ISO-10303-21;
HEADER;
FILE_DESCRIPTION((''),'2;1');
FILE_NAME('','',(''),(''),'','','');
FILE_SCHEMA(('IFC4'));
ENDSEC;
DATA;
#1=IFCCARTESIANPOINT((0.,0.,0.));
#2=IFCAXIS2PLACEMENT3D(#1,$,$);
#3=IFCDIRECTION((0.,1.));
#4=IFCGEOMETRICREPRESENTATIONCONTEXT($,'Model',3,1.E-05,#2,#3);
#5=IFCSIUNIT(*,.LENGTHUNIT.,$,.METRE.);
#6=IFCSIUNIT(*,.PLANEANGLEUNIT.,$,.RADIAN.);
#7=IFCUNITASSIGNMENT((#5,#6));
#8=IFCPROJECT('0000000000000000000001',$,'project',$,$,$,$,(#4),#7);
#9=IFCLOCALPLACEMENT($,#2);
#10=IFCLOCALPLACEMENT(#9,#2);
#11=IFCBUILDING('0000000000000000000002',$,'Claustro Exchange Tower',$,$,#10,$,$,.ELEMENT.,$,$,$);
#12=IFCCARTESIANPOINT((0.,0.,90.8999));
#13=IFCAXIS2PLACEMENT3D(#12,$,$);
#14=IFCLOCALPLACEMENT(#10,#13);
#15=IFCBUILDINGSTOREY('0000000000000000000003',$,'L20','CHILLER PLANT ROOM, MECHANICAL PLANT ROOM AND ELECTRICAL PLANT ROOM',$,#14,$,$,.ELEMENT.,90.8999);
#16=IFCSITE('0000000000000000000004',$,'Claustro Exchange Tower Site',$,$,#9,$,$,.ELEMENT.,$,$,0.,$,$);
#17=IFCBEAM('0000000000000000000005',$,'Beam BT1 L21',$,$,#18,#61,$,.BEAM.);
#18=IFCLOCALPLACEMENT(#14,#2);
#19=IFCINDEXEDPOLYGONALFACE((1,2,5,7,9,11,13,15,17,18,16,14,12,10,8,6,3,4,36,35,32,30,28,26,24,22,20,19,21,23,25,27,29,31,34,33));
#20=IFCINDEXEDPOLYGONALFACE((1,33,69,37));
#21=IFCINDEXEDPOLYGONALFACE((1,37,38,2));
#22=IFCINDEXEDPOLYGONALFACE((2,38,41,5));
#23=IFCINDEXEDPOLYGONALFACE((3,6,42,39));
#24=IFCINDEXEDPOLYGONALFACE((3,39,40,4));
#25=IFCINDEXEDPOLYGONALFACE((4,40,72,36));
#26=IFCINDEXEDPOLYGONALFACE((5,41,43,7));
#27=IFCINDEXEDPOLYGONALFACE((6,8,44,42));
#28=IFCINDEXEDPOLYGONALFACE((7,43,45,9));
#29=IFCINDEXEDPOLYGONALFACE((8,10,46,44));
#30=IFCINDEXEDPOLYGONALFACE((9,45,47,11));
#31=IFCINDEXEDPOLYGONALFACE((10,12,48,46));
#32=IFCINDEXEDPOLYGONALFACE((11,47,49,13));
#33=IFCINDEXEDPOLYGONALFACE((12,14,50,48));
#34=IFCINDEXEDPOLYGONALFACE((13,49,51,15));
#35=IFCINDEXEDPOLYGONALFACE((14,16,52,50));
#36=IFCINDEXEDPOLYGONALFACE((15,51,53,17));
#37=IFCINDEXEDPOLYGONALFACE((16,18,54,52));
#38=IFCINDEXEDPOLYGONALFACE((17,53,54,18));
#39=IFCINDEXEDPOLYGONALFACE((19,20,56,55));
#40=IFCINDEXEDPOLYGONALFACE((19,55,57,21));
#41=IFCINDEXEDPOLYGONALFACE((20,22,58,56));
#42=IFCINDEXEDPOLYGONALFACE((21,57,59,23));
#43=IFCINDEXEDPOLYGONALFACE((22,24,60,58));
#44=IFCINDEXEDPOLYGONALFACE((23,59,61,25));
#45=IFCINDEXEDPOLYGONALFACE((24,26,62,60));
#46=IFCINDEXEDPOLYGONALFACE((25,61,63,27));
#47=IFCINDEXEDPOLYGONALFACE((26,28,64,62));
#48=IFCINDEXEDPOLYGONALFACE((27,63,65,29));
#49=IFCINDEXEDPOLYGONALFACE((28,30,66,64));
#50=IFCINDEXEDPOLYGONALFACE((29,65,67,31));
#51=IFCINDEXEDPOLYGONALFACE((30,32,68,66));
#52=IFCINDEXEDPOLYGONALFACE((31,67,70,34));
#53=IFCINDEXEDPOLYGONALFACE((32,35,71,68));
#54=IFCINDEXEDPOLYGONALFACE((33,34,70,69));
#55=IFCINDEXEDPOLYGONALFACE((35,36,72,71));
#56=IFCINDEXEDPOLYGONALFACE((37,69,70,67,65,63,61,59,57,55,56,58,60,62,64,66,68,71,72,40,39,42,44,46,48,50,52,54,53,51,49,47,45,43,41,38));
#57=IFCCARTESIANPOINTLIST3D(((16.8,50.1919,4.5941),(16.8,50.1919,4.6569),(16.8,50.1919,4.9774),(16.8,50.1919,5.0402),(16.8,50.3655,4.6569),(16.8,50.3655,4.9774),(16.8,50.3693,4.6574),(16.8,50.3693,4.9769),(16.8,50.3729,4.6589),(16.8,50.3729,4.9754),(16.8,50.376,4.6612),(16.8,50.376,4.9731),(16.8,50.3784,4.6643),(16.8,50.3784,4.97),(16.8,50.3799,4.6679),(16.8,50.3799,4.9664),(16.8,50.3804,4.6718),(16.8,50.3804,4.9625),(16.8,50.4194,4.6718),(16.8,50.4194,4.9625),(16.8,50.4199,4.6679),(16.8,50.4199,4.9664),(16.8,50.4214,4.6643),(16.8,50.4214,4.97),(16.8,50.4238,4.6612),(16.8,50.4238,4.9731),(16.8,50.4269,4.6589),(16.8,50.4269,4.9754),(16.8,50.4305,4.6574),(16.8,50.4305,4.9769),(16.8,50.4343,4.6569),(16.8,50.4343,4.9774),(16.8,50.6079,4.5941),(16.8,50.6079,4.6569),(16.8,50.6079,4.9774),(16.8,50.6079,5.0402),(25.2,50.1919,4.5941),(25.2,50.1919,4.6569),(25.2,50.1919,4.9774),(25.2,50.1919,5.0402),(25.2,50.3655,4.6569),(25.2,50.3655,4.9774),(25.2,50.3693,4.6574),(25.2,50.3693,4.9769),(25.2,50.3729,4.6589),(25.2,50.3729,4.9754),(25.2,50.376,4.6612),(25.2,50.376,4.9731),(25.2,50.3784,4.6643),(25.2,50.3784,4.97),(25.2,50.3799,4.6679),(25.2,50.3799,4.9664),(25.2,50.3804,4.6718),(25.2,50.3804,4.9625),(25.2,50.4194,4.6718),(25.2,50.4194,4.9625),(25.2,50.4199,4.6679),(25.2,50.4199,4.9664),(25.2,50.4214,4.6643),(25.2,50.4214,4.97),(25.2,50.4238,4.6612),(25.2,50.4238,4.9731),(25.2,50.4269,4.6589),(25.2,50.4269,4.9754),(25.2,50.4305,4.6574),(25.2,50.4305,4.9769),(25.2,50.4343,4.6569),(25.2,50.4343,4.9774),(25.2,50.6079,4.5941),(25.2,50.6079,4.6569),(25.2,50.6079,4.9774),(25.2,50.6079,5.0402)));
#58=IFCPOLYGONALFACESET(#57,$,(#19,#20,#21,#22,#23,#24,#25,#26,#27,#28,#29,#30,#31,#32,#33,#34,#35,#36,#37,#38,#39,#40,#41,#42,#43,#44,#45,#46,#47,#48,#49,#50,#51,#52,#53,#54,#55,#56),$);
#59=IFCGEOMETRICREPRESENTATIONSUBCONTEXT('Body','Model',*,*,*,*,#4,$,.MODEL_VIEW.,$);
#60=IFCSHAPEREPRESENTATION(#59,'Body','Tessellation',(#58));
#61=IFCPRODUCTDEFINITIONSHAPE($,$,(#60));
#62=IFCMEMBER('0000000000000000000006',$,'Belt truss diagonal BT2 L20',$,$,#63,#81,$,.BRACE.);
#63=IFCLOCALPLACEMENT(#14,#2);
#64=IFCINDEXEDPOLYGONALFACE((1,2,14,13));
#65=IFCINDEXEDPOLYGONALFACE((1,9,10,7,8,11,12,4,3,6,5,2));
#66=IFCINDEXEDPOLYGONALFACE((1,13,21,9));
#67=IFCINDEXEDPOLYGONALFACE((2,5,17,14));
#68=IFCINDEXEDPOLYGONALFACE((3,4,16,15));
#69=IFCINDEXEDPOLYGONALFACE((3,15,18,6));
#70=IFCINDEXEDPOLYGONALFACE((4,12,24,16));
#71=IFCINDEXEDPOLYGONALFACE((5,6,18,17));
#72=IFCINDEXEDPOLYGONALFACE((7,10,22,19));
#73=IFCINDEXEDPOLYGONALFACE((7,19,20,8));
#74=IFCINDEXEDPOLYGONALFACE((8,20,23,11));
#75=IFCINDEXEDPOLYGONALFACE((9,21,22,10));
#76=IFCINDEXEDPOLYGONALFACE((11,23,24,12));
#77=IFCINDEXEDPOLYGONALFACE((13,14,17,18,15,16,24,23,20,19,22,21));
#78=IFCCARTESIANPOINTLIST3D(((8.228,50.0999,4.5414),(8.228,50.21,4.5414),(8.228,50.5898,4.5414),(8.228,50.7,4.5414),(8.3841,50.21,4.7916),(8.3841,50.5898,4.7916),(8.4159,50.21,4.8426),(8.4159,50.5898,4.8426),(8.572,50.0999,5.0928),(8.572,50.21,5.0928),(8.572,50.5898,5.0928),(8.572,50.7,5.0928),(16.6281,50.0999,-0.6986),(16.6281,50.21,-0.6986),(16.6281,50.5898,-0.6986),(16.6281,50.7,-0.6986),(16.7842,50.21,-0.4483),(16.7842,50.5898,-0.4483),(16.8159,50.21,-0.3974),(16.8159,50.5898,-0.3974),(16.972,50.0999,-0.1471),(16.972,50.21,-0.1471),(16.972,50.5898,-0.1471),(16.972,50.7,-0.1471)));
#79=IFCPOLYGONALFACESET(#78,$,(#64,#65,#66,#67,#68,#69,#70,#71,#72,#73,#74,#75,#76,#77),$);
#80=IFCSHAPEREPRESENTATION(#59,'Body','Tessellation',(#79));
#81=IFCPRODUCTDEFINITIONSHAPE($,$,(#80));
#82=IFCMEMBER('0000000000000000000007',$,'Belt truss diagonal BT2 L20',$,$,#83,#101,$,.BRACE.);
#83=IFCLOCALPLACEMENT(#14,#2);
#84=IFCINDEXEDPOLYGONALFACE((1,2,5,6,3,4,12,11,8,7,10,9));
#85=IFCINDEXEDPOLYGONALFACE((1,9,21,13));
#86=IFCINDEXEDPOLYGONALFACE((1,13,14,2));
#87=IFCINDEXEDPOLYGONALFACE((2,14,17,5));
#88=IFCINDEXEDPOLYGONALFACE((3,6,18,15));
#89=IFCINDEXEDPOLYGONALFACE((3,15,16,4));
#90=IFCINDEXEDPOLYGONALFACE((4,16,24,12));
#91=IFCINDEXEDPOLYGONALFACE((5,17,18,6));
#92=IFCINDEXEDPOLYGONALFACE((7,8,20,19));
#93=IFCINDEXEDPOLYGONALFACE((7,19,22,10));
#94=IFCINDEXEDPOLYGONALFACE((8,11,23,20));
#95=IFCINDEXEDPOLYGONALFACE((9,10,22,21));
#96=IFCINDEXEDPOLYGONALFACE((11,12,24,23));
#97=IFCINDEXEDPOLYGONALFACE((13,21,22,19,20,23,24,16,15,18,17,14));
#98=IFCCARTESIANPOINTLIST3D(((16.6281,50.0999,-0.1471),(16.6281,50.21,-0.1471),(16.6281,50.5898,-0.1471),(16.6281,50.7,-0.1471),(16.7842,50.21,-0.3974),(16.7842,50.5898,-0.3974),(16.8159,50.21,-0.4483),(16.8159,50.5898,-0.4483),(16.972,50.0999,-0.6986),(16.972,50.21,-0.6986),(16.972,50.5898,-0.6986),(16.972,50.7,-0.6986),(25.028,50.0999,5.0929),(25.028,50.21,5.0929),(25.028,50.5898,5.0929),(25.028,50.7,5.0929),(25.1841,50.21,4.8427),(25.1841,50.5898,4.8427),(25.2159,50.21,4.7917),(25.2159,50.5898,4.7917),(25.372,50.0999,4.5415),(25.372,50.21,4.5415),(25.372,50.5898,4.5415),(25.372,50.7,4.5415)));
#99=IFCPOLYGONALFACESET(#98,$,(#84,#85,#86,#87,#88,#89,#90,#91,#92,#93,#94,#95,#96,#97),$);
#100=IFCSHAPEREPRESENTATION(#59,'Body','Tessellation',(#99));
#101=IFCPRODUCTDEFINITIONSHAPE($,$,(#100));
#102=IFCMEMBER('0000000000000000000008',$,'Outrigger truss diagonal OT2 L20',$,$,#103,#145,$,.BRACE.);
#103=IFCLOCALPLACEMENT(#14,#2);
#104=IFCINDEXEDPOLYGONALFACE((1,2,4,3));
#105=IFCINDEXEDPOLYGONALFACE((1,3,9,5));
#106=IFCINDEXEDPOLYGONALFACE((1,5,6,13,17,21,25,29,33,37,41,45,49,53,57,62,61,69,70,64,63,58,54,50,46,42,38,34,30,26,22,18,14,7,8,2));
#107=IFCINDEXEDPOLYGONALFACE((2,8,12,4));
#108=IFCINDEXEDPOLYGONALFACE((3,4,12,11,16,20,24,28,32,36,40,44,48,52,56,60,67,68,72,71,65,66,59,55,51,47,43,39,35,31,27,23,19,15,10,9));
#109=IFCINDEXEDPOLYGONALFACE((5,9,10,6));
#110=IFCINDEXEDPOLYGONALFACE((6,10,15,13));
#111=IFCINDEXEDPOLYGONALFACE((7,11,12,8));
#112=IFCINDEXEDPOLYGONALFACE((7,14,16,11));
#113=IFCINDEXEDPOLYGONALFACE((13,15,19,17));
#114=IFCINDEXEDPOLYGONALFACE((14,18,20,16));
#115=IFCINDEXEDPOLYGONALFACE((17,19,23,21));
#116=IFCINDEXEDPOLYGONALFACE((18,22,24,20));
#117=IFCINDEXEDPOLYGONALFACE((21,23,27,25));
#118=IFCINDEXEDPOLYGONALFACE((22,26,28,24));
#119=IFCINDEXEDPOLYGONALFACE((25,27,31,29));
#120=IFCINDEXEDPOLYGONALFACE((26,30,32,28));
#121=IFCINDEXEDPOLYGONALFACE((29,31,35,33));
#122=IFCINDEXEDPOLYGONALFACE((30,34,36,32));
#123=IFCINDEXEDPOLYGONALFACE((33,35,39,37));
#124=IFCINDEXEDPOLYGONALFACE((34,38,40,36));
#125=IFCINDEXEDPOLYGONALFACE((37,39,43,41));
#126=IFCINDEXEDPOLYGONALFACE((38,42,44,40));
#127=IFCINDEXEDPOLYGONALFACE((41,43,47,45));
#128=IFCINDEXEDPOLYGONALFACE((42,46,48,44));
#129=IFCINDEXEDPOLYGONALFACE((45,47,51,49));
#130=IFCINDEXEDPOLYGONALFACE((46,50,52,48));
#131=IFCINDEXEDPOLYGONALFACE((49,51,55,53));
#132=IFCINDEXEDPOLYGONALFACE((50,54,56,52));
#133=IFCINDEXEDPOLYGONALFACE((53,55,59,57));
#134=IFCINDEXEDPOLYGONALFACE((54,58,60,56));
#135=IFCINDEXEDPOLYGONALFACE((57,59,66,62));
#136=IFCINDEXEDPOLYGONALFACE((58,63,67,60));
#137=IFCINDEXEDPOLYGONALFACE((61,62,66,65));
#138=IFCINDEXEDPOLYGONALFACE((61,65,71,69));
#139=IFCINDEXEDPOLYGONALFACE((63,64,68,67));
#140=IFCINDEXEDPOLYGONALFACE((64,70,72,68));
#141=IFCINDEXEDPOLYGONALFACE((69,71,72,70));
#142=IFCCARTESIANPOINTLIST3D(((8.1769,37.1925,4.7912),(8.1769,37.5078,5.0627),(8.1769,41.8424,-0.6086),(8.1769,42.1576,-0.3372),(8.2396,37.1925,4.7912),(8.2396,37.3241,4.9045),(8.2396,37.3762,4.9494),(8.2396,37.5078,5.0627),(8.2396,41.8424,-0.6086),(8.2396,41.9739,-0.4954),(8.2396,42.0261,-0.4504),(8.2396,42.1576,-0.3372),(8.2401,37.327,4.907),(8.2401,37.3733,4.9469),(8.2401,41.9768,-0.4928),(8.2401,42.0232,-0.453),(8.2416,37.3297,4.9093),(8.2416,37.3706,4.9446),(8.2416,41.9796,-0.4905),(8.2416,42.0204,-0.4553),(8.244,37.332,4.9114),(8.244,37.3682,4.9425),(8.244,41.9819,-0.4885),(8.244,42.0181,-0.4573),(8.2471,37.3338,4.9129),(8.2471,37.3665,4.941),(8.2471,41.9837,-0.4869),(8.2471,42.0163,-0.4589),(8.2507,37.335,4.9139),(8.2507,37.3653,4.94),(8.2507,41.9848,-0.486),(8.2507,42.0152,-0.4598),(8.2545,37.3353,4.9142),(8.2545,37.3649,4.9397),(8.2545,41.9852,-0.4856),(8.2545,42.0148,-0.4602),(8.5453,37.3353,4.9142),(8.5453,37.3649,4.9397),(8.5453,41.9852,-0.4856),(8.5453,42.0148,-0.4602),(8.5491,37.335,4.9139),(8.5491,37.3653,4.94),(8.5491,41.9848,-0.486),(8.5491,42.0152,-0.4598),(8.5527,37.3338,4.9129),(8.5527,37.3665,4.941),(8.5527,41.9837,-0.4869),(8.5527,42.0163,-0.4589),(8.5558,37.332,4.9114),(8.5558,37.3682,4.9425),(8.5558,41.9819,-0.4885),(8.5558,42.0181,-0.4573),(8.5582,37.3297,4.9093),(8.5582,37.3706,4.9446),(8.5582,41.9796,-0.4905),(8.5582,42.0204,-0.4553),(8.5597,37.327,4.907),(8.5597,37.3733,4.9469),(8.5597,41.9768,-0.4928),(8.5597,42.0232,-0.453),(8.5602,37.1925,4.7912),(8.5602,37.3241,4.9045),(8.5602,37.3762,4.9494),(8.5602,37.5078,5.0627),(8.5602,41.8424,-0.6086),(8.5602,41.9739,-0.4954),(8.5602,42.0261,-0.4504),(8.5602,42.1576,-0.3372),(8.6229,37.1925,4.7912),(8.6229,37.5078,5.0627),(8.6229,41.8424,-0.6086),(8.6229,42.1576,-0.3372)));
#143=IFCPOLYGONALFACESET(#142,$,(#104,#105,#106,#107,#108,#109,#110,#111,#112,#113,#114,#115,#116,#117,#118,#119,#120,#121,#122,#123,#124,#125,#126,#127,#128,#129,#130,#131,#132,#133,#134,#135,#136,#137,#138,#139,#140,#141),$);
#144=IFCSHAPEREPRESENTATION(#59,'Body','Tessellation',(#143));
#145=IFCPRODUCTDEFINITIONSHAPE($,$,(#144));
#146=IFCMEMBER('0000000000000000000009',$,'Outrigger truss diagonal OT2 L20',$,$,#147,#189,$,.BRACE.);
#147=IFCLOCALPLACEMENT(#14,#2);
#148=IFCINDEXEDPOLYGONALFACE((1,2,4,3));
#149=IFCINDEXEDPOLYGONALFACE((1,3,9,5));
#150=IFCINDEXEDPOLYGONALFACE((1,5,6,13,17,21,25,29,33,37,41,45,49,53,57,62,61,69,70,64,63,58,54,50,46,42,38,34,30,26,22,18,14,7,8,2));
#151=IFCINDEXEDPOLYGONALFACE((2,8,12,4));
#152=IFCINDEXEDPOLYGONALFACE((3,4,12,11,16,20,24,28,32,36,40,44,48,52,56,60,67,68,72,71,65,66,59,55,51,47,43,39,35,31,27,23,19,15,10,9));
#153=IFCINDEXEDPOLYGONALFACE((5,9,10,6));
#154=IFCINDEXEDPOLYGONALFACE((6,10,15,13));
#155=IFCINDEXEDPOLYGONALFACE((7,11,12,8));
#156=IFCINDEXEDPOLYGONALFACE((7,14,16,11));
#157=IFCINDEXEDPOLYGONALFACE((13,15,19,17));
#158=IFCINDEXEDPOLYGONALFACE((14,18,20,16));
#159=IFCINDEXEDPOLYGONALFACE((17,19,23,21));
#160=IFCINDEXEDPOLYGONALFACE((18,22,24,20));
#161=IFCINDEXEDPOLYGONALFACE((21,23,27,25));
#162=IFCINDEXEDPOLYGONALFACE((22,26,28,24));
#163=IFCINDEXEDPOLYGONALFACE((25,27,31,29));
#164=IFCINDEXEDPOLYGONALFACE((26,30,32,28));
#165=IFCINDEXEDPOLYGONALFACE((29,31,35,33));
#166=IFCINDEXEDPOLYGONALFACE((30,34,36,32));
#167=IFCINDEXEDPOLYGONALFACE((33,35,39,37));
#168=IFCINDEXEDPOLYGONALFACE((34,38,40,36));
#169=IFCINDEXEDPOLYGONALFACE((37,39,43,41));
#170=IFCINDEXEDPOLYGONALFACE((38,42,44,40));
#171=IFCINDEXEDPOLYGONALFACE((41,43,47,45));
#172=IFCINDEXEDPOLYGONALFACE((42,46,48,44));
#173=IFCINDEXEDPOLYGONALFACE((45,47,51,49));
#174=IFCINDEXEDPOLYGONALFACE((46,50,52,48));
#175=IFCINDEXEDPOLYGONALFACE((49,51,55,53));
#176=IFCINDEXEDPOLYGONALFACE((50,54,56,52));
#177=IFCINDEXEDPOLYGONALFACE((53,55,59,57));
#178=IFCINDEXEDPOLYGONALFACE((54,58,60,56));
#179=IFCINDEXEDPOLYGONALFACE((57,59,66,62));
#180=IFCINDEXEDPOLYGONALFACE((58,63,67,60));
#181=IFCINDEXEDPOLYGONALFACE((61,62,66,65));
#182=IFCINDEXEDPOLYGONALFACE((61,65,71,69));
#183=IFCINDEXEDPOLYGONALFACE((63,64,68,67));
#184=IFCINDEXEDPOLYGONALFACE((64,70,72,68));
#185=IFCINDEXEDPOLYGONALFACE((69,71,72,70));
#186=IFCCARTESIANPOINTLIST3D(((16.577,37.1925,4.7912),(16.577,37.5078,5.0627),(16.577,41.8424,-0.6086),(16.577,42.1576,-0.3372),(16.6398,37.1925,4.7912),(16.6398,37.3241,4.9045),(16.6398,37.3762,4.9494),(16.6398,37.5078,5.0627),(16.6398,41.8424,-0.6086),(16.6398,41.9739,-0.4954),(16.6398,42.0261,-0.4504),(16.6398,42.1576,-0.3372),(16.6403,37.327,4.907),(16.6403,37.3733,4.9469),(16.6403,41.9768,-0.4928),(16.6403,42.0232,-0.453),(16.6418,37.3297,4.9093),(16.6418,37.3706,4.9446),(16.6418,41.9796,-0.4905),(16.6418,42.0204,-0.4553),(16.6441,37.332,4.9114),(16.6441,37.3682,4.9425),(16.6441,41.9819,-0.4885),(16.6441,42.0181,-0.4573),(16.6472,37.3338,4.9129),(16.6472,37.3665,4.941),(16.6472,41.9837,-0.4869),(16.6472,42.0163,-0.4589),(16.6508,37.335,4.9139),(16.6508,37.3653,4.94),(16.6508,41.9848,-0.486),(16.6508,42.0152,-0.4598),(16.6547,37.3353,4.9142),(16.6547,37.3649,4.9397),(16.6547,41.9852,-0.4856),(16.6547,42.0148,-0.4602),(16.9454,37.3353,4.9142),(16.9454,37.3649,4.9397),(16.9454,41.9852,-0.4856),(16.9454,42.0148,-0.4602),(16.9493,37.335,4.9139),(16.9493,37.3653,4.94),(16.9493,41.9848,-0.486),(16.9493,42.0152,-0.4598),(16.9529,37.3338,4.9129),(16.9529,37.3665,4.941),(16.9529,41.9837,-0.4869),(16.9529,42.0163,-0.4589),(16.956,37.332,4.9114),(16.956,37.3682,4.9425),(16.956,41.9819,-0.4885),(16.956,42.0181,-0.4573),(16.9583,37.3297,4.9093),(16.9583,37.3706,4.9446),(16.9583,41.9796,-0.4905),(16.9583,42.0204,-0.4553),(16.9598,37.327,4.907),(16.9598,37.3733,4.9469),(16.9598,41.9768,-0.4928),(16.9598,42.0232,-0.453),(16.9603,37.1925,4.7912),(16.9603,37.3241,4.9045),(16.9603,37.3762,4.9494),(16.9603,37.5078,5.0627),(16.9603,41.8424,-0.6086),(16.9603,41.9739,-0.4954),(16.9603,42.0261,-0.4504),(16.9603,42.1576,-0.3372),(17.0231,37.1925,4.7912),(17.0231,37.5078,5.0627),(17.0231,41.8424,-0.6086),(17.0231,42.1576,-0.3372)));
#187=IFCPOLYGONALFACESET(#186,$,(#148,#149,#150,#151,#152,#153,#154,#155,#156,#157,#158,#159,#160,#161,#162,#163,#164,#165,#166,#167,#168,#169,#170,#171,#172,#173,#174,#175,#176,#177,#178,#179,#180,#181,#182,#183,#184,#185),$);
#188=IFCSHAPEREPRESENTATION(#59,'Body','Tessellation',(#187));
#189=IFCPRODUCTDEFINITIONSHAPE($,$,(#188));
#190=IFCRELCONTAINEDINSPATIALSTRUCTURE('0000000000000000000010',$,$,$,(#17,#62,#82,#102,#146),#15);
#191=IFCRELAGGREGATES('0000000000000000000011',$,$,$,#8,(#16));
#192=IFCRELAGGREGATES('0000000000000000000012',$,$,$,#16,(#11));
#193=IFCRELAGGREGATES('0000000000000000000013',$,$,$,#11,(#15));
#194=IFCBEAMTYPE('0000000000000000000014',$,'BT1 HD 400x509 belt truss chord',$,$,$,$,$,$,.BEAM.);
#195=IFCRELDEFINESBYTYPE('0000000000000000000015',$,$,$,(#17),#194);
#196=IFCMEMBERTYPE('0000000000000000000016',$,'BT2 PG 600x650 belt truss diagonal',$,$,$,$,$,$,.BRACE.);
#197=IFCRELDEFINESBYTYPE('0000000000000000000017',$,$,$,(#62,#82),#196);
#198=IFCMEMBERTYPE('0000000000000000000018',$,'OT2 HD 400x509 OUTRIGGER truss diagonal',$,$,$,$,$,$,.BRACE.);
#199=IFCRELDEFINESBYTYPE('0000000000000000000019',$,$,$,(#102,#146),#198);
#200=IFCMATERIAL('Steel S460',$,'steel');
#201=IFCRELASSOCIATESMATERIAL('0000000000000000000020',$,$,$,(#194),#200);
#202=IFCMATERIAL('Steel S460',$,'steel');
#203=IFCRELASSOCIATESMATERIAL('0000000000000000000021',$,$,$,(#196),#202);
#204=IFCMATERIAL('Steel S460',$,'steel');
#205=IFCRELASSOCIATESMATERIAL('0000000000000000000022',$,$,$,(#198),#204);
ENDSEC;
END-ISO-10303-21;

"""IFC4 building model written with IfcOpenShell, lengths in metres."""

from ifc_helpers import new_model, si_unit, direction, frame, origin, origin_2d, place, context, subcontext, project, spatial, i_section, extrude, material, material_profile, profile_set, type_object, element, save


model = new_model("IFC4")

# Units and contexts
model_context = context("Model", 3, precision=1e-05, world=origin(), true_north=direction((0.0, 1.0)))
body_context = subcontext(model_context, "Body", "Model", "MODEL_VIEW")
ifc_project = project(units=[si_unit("LENGTHUNIT", "METRE"), si_unit("PLANEANGLEUNIT", "RADIAN")], contexts=[model_context])

# Site, building, storey
site_placement = place(None, origin())
site = spatial("IfcSite", under=ifc_project, at=site_placement, Name="Claustro Exchange Tower Site", CompositionType="ELEMENT", RefElevation=0.0)
building_placement = place(site_placement, origin())
building = spatial("IfcBuilding", under=site, at=building_placement, Name="Claustro Exchange Tower", CompositionType="ELEMENT")
storey_placement = place(building_placement, frame((0.0, 0.0, 90.8999)))
storey = spatial("IfcBuildingStorey", under=building, at=storey_placement, Name="L20", Description="CHILLER PLANT ROOM, MECHANICAL PLANT ROOM AND ELECTRICAL PLANT ROOM", CompositionType="ELEMENT", Elevation=90.8999)

# Beam
ifc_material_1 = material(Name="Steel S460", Category="steel")
ifc_material_profile_1 = material_profile(ifc_material_1, i_section(OverallWidth=0.416, OverallDepth=0.446, WebThickness=0.0391, FlangeThickness=0.0627, FilletRadius=0.0149, at=origin_2d()), Name="HD 400x509")
ifc_profile_set_1 = profile_set([ifc_material_profile_1], Name="Steel S460")
beam_type_1 = type_object("IfcBeamType", Name="BT1 HD 400x509 belt truss chord", PredefinedType="BEAM", material=ifc_profile_set_1)
beam_1_placement = place(storey_placement, frame((16.8, 50.3999, 4.8171), z_axis=(1.0, 0.0, 0.0), x_axis=(0.0, 1.0, 0.0)))
element("IfcBeam", 1, at=beam_1_placement, inside=storey, type_object=beam_type_1, Name="Beam BT1 L21", PredefinedType="BEAM", context=body_context, shape_type="SweptSolid", body=[
    extrude(i_section(OverallWidth=0.416, OverallDepth=0.446, WebThickness=0.0391, FlangeThickness=0.0627, FilletRadius=0.0149, at=origin_2d()), origin(), (0.0, 0.0, 1.0), 8.3999),
])

# Members
ifc_material_2 = material(Name="Steel S460", Category="steel")
ifc_material_profile_2 = material_profile(ifc_material_2, i_section(OverallWidth=0.6499, OverallDepth=0.6001, WebThickness=0.0601, FlangeThickness=0.1101, at=origin_2d()), Name="PG 600x650")
ifc_profile_set_2 = profile_set([ifc_material_profile_2], Name="Steel S460")
member_type_1 = type_object("IfcMemberType", Name="BT2 PG 600x650 belt truss diagonal", PredefinedType="BRACE", material=ifc_profile_set_2)
for number, where, z_axis, x_axis, name in (
    (2, (16.8, 50.3999, -0.4229), (-0.848457, 0.0, 0.529265), (0.529265, 0.0, 0.848457), "Belt truss diagonal BT2 L20"),
    (3, (16.8, 50.3999, -0.4229), (0.84845, 0.0, 0.529276), (-0.529276, 0.0, 0.84845), "Belt truss diagonal BT2 L20"),
):
    element("IfcMember", number, at=place(storey_placement, frame(where, z_axis=z_axis, x_axis=x_axis)), inside=storey, type_object=member_type_1, Name=name, PredefinedType="BRACE", context=body_context, shape_type="SweptSolid", body=[
        extrude(i_section(OverallWidth=0.6499, OverallDepth=0.6001, WebThickness=0.0601, FlangeThickness=0.1101, at=origin_2d()), origin(), (0.0, 0.0, 1.0), 9.9004),
    ])
ifc_material_3 = material(Name="Steel S460", Category="steel")
ifc_material_profile_3 = material_profile(ifc_material_3, i_section(OverallWidth=0.416, OverallDepth=0.446, WebThickness=0.0391, FlangeThickness=0.0627, FilletRadius=0.0149, at=origin_2d()), Name="HD 400x509")
ifc_profile_set_3 = profile_set([ifc_material_profile_3], Name="Steel S460")
member_type_2 = type_object("IfcMemberType", Name="OT2 HD 400x509 OUTRIGGER truss diagonal", PredefinedType="BRACE", material=ifc_profile_set_3)
for number, where, z_axis, x_axis, name in (
    (4, (8.3999, 42.0, -0.4729), (0.0, -0.652522, 0.75777), (0.0, 0.75777, 0.652522), "Outrigger truss diagonal OT2 L20"),
    (5, (16.8, 42.0, -0.4729), (0.0, -0.652522, 0.75777), (0.0, 0.75777, 0.652522), "Outrigger truss diagonal OT2 L20"),
):
    element("IfcMember", number, at=place(storey_placement, frame(where, z_axis=z_axis, x_axis=x_axis)), inside=storey, type_object=member_type_2, Name=name, PredefinedType="BRACE", context=body_context, shape_type="SweptSolid", body=[
        extrude(i_section(OverallWidth=0.416, OverallDepth=0.446, WebThickness=0.0391, FlangeThickness=0.0627, FilletRadius=0.0149, at=origin_2d()), origin(), (0.0, 0.0, 1.0), 7.126),
    ])

save(model, "model.ifc")
